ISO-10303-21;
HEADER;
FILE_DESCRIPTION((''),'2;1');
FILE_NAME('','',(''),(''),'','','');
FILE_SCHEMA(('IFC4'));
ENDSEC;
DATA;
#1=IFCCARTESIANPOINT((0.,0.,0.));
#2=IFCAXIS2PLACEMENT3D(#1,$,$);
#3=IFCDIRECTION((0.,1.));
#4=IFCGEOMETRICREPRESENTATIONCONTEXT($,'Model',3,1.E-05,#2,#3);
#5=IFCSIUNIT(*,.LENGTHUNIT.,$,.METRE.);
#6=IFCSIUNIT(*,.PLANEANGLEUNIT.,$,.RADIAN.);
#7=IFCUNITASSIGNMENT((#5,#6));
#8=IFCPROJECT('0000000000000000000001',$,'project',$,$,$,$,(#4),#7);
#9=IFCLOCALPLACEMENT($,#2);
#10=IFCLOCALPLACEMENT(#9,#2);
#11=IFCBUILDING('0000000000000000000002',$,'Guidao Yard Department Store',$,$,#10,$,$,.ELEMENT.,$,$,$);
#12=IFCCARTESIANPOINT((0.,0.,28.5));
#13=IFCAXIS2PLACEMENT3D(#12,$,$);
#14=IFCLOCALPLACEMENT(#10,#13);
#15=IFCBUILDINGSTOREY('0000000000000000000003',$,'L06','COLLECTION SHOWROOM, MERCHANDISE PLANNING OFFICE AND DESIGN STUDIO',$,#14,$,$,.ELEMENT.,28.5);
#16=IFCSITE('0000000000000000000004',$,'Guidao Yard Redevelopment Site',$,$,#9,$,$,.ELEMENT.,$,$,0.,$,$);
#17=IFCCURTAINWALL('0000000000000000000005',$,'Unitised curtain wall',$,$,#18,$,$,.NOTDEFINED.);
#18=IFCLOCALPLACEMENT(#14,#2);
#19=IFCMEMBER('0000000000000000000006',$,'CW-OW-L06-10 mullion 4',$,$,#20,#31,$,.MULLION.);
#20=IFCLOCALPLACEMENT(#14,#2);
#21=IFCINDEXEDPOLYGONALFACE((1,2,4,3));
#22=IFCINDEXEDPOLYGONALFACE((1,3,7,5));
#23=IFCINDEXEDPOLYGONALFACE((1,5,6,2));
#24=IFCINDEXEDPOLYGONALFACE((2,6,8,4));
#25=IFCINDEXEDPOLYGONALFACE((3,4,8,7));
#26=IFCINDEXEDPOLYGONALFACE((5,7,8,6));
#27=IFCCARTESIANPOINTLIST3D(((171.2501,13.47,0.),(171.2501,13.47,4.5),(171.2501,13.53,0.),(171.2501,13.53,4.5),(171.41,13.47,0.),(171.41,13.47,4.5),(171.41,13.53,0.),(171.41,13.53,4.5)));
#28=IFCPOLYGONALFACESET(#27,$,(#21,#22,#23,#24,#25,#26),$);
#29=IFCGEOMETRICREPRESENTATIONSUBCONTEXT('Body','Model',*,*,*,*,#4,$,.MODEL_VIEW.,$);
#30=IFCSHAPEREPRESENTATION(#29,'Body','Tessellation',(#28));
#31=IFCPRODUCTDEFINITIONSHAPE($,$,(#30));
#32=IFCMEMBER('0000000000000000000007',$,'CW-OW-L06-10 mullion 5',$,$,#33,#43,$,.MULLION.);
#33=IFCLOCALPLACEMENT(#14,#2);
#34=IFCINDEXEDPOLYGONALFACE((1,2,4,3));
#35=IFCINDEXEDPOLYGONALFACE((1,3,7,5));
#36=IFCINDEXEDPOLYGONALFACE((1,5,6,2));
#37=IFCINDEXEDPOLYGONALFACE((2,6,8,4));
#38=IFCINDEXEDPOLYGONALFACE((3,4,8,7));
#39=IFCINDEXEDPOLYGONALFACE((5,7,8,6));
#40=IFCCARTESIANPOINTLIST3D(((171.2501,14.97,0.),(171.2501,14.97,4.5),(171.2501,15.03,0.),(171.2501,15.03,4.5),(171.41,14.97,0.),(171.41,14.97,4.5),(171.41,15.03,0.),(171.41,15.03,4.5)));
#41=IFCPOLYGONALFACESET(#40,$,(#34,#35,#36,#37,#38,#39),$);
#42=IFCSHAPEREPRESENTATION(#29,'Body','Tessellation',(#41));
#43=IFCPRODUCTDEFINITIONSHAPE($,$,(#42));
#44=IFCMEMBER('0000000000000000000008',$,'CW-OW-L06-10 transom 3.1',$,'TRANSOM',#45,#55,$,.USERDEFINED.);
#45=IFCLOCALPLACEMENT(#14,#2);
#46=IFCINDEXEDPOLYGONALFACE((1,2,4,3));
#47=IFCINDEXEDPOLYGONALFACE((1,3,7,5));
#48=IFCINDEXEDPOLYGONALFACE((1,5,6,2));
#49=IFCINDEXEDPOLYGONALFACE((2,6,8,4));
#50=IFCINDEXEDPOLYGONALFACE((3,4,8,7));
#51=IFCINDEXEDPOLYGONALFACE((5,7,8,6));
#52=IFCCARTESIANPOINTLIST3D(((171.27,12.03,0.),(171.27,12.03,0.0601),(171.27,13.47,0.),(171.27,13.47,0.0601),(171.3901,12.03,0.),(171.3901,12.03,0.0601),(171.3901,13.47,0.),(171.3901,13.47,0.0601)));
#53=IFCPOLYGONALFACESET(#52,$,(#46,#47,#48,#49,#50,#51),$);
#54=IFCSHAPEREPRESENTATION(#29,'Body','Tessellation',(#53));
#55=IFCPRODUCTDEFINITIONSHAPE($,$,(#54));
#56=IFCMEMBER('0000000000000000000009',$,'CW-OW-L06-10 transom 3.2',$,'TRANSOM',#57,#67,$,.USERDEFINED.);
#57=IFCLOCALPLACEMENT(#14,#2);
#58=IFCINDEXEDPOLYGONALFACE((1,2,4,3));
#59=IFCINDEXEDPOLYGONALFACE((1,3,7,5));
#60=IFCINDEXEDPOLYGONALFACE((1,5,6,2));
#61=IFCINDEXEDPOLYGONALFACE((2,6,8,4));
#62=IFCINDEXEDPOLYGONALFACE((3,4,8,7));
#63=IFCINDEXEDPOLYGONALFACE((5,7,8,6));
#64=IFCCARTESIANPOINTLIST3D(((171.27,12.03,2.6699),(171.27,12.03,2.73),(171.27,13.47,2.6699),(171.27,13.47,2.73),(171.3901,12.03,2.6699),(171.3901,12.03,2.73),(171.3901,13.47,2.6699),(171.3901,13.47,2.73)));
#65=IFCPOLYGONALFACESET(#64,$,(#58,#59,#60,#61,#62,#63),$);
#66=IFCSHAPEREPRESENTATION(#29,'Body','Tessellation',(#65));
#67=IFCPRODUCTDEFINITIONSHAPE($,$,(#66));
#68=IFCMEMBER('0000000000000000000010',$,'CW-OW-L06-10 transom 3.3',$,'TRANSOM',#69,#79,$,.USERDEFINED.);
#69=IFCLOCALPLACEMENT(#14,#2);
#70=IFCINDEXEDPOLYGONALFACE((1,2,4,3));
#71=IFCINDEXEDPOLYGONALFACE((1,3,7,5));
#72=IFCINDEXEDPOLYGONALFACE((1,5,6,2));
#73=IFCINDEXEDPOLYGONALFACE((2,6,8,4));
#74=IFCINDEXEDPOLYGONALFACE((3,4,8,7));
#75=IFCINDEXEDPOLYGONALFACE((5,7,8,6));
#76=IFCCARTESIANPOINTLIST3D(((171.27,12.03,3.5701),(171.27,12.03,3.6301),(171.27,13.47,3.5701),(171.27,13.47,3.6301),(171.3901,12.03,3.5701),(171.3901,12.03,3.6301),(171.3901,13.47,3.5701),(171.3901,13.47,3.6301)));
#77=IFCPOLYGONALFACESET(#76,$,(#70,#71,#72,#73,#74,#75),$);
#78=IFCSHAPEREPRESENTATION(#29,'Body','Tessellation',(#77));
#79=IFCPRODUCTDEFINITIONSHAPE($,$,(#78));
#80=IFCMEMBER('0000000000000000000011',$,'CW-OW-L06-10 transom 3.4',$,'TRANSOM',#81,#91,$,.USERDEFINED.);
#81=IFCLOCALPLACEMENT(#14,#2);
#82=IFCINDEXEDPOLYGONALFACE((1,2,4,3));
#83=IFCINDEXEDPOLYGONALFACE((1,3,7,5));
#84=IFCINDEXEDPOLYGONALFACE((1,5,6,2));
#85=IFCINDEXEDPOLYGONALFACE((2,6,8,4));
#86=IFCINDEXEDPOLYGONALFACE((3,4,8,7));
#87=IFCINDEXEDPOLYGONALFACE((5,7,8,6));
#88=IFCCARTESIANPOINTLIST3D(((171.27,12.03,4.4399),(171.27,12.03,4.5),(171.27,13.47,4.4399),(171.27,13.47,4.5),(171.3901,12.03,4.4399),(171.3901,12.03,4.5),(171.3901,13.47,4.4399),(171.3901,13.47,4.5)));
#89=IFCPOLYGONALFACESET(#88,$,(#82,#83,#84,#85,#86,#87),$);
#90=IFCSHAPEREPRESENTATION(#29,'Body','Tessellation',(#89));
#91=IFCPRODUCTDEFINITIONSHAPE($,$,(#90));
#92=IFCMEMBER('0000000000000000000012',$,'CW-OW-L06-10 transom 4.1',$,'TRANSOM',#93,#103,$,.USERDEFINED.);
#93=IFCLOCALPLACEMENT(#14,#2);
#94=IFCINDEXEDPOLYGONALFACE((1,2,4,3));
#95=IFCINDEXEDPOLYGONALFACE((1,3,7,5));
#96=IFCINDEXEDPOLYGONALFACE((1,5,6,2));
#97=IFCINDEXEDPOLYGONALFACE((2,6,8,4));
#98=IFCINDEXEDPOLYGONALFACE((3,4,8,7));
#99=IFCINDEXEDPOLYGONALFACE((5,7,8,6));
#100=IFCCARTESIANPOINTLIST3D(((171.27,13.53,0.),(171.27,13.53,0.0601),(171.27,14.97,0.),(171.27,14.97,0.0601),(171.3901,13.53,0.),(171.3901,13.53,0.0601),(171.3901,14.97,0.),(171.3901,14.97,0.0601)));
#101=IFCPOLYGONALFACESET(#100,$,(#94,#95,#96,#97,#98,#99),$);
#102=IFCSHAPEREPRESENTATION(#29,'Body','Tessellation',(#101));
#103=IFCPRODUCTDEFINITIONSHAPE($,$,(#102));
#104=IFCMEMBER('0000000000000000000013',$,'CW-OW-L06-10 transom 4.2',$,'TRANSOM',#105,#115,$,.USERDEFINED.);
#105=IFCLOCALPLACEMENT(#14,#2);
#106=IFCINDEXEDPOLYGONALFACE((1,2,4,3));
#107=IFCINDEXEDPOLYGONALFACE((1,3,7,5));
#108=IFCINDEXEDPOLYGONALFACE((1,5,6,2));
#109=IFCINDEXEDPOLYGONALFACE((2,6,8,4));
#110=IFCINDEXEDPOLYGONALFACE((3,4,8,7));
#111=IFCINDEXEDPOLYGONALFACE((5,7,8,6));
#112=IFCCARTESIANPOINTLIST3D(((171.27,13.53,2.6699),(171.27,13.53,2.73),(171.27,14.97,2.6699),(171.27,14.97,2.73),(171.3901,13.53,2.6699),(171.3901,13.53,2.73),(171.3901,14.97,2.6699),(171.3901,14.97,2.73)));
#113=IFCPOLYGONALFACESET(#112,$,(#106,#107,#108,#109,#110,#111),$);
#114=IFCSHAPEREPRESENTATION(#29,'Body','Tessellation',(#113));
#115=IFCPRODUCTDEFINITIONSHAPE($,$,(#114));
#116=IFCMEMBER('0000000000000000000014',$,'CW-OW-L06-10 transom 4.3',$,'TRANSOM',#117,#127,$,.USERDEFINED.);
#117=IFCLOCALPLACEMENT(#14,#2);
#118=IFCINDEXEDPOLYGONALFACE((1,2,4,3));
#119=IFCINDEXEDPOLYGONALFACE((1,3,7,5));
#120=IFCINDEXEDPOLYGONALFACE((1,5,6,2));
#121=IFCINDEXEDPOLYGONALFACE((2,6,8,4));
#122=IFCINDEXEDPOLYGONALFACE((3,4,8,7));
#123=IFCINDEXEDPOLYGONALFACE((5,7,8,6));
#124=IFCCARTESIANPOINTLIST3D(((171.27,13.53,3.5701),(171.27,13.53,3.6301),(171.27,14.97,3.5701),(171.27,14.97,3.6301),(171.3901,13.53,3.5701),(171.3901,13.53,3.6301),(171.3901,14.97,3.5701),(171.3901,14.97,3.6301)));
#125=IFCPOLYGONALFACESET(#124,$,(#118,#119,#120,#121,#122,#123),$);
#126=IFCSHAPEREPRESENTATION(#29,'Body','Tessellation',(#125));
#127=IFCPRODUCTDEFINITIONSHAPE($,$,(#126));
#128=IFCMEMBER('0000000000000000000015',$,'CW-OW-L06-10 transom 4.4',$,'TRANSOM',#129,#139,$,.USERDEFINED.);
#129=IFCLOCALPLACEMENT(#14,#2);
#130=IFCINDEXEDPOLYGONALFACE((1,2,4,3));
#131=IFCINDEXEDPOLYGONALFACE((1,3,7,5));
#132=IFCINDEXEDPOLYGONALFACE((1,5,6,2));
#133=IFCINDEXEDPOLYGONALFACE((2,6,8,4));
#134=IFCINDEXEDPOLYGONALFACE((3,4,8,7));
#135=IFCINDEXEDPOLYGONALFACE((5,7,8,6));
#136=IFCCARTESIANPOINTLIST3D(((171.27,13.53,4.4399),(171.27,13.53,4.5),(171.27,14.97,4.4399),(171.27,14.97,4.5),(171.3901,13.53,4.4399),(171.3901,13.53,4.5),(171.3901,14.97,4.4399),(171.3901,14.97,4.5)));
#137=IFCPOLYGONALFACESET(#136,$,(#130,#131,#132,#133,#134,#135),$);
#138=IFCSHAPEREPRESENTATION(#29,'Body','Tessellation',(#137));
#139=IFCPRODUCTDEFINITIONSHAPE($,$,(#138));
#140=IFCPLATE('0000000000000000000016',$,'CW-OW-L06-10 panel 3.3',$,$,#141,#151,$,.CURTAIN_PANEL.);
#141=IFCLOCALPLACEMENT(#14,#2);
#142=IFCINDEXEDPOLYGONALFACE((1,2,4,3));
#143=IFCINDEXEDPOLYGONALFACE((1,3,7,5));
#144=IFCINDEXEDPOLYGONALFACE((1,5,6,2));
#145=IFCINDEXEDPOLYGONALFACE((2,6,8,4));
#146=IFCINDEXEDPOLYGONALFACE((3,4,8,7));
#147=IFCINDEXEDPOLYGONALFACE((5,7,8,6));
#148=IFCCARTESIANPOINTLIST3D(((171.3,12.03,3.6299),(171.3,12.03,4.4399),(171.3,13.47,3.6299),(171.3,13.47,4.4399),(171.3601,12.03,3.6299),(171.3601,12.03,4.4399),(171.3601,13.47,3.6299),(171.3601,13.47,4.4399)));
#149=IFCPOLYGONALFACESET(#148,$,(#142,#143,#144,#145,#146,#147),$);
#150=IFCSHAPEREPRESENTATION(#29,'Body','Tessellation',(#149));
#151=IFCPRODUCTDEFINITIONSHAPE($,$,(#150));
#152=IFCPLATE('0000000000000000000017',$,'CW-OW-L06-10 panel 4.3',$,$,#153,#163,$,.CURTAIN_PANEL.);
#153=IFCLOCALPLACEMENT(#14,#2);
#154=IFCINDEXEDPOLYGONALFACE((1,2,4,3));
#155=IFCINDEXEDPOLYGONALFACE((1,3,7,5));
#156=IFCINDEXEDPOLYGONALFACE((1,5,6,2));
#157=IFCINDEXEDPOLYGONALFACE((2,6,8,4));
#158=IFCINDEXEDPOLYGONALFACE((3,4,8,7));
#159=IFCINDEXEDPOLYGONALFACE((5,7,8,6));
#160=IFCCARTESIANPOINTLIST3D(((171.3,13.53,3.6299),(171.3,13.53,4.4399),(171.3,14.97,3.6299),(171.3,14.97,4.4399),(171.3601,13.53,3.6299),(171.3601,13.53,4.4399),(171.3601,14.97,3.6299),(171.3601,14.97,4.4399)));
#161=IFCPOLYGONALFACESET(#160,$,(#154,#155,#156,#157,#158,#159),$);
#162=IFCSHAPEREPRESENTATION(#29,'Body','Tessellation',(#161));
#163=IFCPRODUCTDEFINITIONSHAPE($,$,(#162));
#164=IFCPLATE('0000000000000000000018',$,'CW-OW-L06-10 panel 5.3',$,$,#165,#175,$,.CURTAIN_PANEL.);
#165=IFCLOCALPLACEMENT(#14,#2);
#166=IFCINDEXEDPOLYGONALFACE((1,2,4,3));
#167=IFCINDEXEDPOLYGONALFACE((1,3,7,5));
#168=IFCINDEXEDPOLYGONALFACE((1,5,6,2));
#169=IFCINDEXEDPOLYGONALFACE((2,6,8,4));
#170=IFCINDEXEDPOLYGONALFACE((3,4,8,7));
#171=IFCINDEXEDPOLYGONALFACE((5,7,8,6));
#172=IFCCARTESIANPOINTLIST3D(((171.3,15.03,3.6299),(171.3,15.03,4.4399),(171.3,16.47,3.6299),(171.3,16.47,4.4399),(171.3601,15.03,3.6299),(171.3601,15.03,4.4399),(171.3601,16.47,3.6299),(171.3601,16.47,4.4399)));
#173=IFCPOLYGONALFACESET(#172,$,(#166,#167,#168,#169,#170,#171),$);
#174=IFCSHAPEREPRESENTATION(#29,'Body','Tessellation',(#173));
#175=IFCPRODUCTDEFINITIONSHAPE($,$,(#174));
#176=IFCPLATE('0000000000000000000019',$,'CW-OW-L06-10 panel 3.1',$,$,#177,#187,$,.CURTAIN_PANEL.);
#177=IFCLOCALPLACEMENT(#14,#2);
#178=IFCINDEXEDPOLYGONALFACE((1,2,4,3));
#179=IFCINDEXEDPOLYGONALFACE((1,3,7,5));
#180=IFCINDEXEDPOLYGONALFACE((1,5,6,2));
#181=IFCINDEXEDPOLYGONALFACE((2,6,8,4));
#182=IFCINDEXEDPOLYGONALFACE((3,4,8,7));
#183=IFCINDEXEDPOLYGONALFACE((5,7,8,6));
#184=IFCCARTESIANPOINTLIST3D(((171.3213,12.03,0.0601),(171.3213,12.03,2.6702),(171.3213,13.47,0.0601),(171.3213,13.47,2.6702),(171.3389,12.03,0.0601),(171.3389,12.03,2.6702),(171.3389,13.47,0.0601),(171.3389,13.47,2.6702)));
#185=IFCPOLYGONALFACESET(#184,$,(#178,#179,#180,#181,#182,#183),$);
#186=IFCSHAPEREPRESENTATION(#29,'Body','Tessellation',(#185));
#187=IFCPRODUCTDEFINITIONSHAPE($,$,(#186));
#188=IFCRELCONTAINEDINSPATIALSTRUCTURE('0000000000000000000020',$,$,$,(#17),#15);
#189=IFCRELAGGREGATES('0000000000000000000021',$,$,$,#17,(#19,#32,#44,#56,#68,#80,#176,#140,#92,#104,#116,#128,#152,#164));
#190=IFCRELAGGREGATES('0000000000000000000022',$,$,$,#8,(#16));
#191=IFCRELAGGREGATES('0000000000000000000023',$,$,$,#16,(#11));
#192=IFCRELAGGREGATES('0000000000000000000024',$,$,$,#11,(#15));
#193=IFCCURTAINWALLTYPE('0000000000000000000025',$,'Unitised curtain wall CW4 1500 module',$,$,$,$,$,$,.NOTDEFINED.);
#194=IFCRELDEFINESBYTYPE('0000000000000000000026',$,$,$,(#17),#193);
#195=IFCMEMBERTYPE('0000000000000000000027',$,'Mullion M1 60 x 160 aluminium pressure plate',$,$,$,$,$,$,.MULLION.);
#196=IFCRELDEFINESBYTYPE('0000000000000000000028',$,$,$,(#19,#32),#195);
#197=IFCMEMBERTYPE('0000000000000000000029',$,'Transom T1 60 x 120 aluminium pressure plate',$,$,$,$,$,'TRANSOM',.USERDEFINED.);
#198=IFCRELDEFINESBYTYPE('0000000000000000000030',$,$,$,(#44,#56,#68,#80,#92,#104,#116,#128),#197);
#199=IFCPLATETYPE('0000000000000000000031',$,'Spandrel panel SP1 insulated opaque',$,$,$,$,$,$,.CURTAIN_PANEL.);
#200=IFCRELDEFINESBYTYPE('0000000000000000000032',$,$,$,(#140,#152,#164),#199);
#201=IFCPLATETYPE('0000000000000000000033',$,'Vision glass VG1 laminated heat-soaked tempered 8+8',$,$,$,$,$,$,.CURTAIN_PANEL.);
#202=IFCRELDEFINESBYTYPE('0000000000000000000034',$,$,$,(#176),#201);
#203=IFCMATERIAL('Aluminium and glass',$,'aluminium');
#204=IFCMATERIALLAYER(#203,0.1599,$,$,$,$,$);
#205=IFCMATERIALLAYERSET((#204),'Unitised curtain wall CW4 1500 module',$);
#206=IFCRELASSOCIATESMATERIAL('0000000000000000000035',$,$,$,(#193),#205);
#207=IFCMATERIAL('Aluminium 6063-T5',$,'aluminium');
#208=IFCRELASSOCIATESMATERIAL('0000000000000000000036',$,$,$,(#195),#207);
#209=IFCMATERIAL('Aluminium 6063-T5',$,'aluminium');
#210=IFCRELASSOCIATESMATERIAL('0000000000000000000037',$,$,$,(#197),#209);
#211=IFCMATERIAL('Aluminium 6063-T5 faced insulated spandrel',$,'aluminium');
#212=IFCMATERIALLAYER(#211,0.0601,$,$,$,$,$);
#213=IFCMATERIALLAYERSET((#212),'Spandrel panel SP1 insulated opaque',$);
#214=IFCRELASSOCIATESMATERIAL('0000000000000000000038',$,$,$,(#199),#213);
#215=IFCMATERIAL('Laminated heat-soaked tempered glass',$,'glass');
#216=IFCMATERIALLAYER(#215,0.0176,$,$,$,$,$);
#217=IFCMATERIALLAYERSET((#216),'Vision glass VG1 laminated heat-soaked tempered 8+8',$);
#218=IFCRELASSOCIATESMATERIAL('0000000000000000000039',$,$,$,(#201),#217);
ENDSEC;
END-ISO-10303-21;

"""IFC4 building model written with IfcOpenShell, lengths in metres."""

from ifc_helpers import new_model, si_unit, direction, frame, origin, origin_2d, place, context, subcontext, project, spatial, rectangle, extrude, material, layer, layer_set, material_profile, profile_set, type_object, element, aggregate, save


model = new_model("IFC4")

# Units and contexts
model_context = context("Model", 3, precision=1e-05, world=origin(), true_north=direction((0.0, 1.0)))
body_context = subcontext(model_context, "Body", "Model", "MODEL_VIEW")
ifc_project = project(units=[si_unit("LENGTHUNIT", "METRE"), si_unit("PLANEANGLEUNIT", "RADIAN")], contexts=[model_context])

# Site, building, storey
site_placement = place(None, origin())
site = spatial("IfcSite", under=ifc_project, at=site_placement, Name="Guidao Yard Redevelopment Site", CompositionType="ELEMENT", RefElevation=0.0)
building_placement = place(site_placement, origin())
building = spatial("IfcBuilding", under=site, at=building_placement, Name="Guidao Yard Department Store", CompositionType="ELEMENT")
storey_placement = place(building_placement, frame((0.0, 0.0, 28.5)))
storey = spatial("IfcBuildingStorey", under=building, at=storey_placement, Name="L06", Description="COLLECTION SHOWROOM, MERCHANDISE PLANNING OFFICE AND DESIGN STUDIO", CompositionType="ELEMENT", Elevation=28.5)

# Curtain wall, members, plates
ifc_material_1 = material(Name="Aluminium and glass", Category="aluminium")
ifc_layer_1 = layer(ifc_material_1, 0.1599)
ifc_layer_set_1 = layer_set([ifc_layer_1], Name="Unitised curtain wall CW4 1500 module")
curtain_wall_type = type_object("IfcCurtainWallType", Name="Unitised curtain wall CW4 1500 module", PredefinedType="NOTDEFINED", material=ifc_layer_set_1)
curtain_wall_placement = place(storey_placement, origin())
curtain_wall = element("IfcCurtainWall", 1, at=curtain_wall_placement, inside=storey, type_object=curtain_wall_type, Name="Unitised curtain wall", PredefinedType="NOTDEFINED")
ifc_material_2 = material(Name="Aluminium 6063-T5", Category="aluminium")
ifc_material_profile_1 = material_profile(ifc_material_2, rectangle(XDim=0.0601, YDim=0.1599, at=origin_2d()), Name="Mullion M1 60 x 160 aluminium pressure plate")
ifc_profile_set_1 = profile_set([ifc_material_profile_1], Name="Aluminium 6063-T5")
member_type_1 = type_object("IfcMemberType", Name="Mullion M1 60 x 160 aluminium pressure plate", PredefinedType="MULLION", material=ifc_profile_set_1)
member_1_placement = place(storey_placement, frame((171.3301, 13.5, 0.0), z_axis=(0.0, 0.0, 1.0), x_axis=(0.0, -1.0, 0.0)))
member_1 = element("IfcMember", 2, at=member_1_placement, type_object=member_type_1, Name="CW-OW-L06-10 mullion 4", PredefinedType="MULLION", context=body_context, shape_type="SweptSolid", body=[
    extrude(rectangle(XDim=0.0601, YDim=0.1599, at=origin_2d()), origin(), (0.0, 0.0, 1.0), 4.5),
])
member_2_placement = place(storey_placement, frame((171.3301, 15.0, 0.0), z_axis=(0.0, 0.0, 1.0), x_axis=(0.0, -1.0, 0.0)))
member_2 = element("IfcMember", 3, at=member_2_placement, type_object=member_type_1, Name="CW-OW-L06-10 mullion 5", PredefinedType="MULLION", context=body_context, shape_type="SweptSolid", body=[
    extrude(rectangle(XDim=0.0601, YDim=0.1599, at=origin_2d()), origin(), (0.0, 0.0, 1.0), 4.5),
])
ifc_material_3 = material(Name="Aluminium 6063-T5", Category="aluminium")
ifc_material_profile_2 = material_profile(ifc_material_3, rectangle(XDim=0.1201, YDim=0.0601, at=origin_2d()), Name="Transom T1 60 x 120 aluminium pressure plate")
ifc_profile_set_2 = profile_set([ifc_material_profile_2], Name="Aluminium 6063-T5")
member_type_2 = type_object("IfcMemberType", Name="Transom T1 60 x 120 aluminium pressure plate", ElementType="TRANSOM", PredefinedType="USERDEFINED", material=ifc_profile_set_2)
member_3_placement = place(storey_placement, frame((171.3301, 13.47, 0.03), z_axis=(0.0, -1.0, 0.0), x_axis=(1.0, 0.0, 0.0)))
member_3 = element("IfcMember", 4, at=member_3_placement, type_object=member_type_2, Name="CW-OW-L06-10 transom 3.1", ObjectType="TRANSOM", PredefinedType="USERDEFINED", context=body_context, shape_type="SweptSolid", body=[
    extrude(rectangle(XDim=0.1201, YDim=0.0601, at=origin_2d()), origin(), (0.0, 0.0, 1.0), 1.4399),
])
member_4_placement = place(storey_placement, frame((171.3301, 13.47, 2.7), z_axis=(0.0, -1.0, 0.0), x_axis=(1.0, 0.0, 0.0)))
member_4 = element("IfcMember", 5, at=member_4_placement, type_object=member_type_2, Name="CW-OW-L06-10 transom 3.2", ObjectType="TRANSOM", PredefinedType="USERDEFINED", context=body_context, shape_type="SweptSolid", body=[
    extrude(rectangle(XDim=0.1201, YDim=0.0601, at=origin_2d()), origin(), (0.0, 0.0, 1.0), 1.4399),
])
member_5_placement = place(storey_placement, frame((171.3301, 13.47, 3.6001), z_axis=(0.0, -1.0, 0.0), x_axis=(1.0, 0.0, 0.0)))
member_5 = element("IfcMember", 6, at=member_5_placement, type_object=member_type_2, Name="CW-OW-L06-10 transom 3.3", ObjectType="TRANSOM", PredefinedType="USERDEFINED", context=body_context, shape_type="SweptSolid", body=[
    extrude(rectangle(XDim=0.1201, YDim=0.0601, at=origin_2d()), origin(), (0.0, 0.0, 1.0), 1.4399),
])
member_6_placement = place(storey_placement, frame((171.3301, 13.47, 4.47), z_axis=(0.0, -1.0, 0.0), x_axis=(1.0, 0.0, 0.0)))
member_6 = element("IfcMember", 7, at=member_6_placement, type_object=member_type_2, Name="CW-OW-L06-10 transom 3.4", ObjectType="TRANSOM", PredefinedType="USERDEFINED", context=body_context, shape_type="SweptSolid", body=[
    extrude(rectangle(XDim=0.1201, YDim=0.0601, at=origin_2d()), origin(), (0.0, 0.0, 1.0), 1.4399),
])
member_7_placement = place(storey_placement, frame((171.3301, 14.97, 0.03), z_axis=(0.0, -1.0, 0.0), x_axis=(1.0, 0.0, 0.0)))
member_7 = element("IfcMember", 8, at=member_7_placement, type_object=member_type_2, Name="CW-OW-L06-10 transom 4.1", ObjectType="TRANSOM", PredefinedType="USERDEFINED", context=body_context, shape_type="SweptSolid", body=[
    extrude(rectangle(XDim=0.1201, YDim=0.0601, at=origin_2d()), origin(), (0.0, 0.0, 1.0), 1.4399),
])
member_8_placement = place(storey_placement, frame((171.3301, 14.97, 2.7), z_axis=(0.0, -1.0, 0.0), x_axis=(1.0, 0.0, 0.0)))
member_8 = element("IfcMember", 9, at=member_8_placement, type_object=member_type_2, Name="CW-OW-L06-10 transom 4.2", ObjectType="TRANSOM", PredefinedType="USERDEFINED", context=body_context, shape_type="SweptSolid", body=[
    extrude(rectangle(XDim=0.1201, YDim=0.0601, at=origin_2d()), origin(), (0.0, 0.0, 1.0), 1.4399),
])
member_9_placement = place(storey_placement, frame((171.3301, 14.97, 3.6001), z_axis=(0.0, -1.0, 0.0), x_axis=(1.0, 0.0, 0.0)))
member_9 = element("IfcMember", 10, at=member_9_placement, type_object=member_type_2, Name="CW-OW-L06-10 transom 4.3", ObjectType="TRANSOM", PredefinedType="USERDEFINED", context=body_context, shape_type="SweptSolid", body=[
    extrude(rectangle(XDim=0.1201, YDim=0.0601, at=origin_2d()), origin(), (0.0, 0.0, 1.0), 1.4399),
])
member_10_placement = place(storey_placement, frame((171.3301, 14.97, 4.47), z_axis=(0.0, -1.0, 0.0), x_axis=(1.0, 0.0, 0.0)))
member_10 = element("IfcMember", 11, at=member_10_placement, type_object=member_type_2, Name="CW-OW-L06-10 transom 4.4", ObjectType="TRANSOM", PredefinedType="USERDEFINED", context=body_context, shape_type="SweptSolid", body=[
    extrude(rectangle(XDim=0.1201, YDim=0.0601, at=origin_2d()), origin(), (0.0, 0.0, 1.0), 1.4399),
])
ifc_material_4 = material(Name="Aluminium 6063-T5 faced insulated spandrel", Category="aluminium")
ifc_layer_2 = layer(ifc_material_4, 0.0601)
ifc_layer_set_2 = layer_set([ifc_layer_2], Name="Spandrel panel SP1 insulated opaque")
plate_type_1 = type_object("IfcPlateType", Name="Spandrel panel SP1 insulated opaque", PredefinedType="CURTAIN_PANEL", material=ifc_layer_set_2)
plate_1_placement = place(storey_placement, frame((171.3301, 12.75, 3.6299), z_axis=(0.0, 0.0, 1.0), x_axis=(0.0, -1.0, 0.0)))
plate_1 = element("IfcPlate", 12, at=plate_1_placement, type_object=plate_type_1, Name="CW-OW-L06-10 panel 3.3", PredefinedType="CURTAIN_PANEL", context=body_context, shape_type="SweptSolid", body=[
    extrude(rectangle(XDim=1.4399, YDim=0.0601, at=origin_2d()), origin(), (0.0, 0.0, 1.0), 0.8101),
])
plate_2_placement = place(storey_placement, frame((171.3301, 14.25, 3.6299), z_axis=(0.0, 0.0, 1.0), x_axis=(0.0, -1.0, 0.0)))
plate_2 = element("IfcPlate", 13, at=plate_2_placement, type_object=plate_type_1, Name="CW-OW-L06-10 panel 4.3", PredefinedType="CURTAIN_PANEL", context=body_context, shape_type="SweptSolid", body=[
    extrude(rectangle(XDim=1.4399, YDim=0.0601, at=origin_2d()), origin(), (0.0, 0.0, 1.0), 0.8101),
])
plate_3_placement = place(storey_placement, frame((171.3301, 15.75, 3.6299), z_axis=(0.0, 0.0, 1.0), x_axis=(0.0, -1.0, 0.0)))
plate_3 = element("IfcPlate", 14, at=plate_3_placement, type_object=plate_type_1, Name="CW-OW-L06-10 panel 5.3", PredefinedType="CURTAIN_PANEL", context=body_context, shape_type="SweptSolid", body=[
    extrude(rectangle(XDim=1.4399, YDim=0.0601, at=origin_2d()), origin(), (0.0, 0.0, 1.0), 0.8101),
])
ifc_material_5 = material(Name="Laminated heat-soaked tempered glass", Category="glass")
ifc_layer_3 = layer(ifc_material_5, 0.0176)
ifc_layer_set_3 = layer_set([ifc_layer_3], Name="Vision glass VG1 laminated heat-soaked tempered 8+8")
plate_type_2 = type_object("IfcPlateType", Name="Vision glass VG1 laminated heat-soaked tempered 8+8", PredefinedType="CURTAIN_PANEL", material=ifc_layer_set_3)
plate_4_placement = place(storey_placement, frame((171.3301, 12.75, 0.0601), z_axis=(0.0, 0.0, 1.0), x_axis=(0.0, -1.0, 0.0)))
plate_4 = element("IfcPlate", 15, at=plate_4_placement, type_object=plate_type_2, Name="CW-OW-L06-10 panel 3.1", PredefinedType="CURTAIN_PANEL", context=body_context, shape_type="SweptSolid", body=[
    extrude(rectangle(XDim=1.4399, YDim=0.0176, at=origin_2d()), origin(), (0.0, 0.0, 1.0), 2.6101),
])
aggregate(curtain_wall, [member_1, member_2, member_3, member_4, member_5, member_6, plate_4, plate_1, member_7, member_8, member_9, member_10, plate_2, plate_3])

save(model, "model.ifc")
